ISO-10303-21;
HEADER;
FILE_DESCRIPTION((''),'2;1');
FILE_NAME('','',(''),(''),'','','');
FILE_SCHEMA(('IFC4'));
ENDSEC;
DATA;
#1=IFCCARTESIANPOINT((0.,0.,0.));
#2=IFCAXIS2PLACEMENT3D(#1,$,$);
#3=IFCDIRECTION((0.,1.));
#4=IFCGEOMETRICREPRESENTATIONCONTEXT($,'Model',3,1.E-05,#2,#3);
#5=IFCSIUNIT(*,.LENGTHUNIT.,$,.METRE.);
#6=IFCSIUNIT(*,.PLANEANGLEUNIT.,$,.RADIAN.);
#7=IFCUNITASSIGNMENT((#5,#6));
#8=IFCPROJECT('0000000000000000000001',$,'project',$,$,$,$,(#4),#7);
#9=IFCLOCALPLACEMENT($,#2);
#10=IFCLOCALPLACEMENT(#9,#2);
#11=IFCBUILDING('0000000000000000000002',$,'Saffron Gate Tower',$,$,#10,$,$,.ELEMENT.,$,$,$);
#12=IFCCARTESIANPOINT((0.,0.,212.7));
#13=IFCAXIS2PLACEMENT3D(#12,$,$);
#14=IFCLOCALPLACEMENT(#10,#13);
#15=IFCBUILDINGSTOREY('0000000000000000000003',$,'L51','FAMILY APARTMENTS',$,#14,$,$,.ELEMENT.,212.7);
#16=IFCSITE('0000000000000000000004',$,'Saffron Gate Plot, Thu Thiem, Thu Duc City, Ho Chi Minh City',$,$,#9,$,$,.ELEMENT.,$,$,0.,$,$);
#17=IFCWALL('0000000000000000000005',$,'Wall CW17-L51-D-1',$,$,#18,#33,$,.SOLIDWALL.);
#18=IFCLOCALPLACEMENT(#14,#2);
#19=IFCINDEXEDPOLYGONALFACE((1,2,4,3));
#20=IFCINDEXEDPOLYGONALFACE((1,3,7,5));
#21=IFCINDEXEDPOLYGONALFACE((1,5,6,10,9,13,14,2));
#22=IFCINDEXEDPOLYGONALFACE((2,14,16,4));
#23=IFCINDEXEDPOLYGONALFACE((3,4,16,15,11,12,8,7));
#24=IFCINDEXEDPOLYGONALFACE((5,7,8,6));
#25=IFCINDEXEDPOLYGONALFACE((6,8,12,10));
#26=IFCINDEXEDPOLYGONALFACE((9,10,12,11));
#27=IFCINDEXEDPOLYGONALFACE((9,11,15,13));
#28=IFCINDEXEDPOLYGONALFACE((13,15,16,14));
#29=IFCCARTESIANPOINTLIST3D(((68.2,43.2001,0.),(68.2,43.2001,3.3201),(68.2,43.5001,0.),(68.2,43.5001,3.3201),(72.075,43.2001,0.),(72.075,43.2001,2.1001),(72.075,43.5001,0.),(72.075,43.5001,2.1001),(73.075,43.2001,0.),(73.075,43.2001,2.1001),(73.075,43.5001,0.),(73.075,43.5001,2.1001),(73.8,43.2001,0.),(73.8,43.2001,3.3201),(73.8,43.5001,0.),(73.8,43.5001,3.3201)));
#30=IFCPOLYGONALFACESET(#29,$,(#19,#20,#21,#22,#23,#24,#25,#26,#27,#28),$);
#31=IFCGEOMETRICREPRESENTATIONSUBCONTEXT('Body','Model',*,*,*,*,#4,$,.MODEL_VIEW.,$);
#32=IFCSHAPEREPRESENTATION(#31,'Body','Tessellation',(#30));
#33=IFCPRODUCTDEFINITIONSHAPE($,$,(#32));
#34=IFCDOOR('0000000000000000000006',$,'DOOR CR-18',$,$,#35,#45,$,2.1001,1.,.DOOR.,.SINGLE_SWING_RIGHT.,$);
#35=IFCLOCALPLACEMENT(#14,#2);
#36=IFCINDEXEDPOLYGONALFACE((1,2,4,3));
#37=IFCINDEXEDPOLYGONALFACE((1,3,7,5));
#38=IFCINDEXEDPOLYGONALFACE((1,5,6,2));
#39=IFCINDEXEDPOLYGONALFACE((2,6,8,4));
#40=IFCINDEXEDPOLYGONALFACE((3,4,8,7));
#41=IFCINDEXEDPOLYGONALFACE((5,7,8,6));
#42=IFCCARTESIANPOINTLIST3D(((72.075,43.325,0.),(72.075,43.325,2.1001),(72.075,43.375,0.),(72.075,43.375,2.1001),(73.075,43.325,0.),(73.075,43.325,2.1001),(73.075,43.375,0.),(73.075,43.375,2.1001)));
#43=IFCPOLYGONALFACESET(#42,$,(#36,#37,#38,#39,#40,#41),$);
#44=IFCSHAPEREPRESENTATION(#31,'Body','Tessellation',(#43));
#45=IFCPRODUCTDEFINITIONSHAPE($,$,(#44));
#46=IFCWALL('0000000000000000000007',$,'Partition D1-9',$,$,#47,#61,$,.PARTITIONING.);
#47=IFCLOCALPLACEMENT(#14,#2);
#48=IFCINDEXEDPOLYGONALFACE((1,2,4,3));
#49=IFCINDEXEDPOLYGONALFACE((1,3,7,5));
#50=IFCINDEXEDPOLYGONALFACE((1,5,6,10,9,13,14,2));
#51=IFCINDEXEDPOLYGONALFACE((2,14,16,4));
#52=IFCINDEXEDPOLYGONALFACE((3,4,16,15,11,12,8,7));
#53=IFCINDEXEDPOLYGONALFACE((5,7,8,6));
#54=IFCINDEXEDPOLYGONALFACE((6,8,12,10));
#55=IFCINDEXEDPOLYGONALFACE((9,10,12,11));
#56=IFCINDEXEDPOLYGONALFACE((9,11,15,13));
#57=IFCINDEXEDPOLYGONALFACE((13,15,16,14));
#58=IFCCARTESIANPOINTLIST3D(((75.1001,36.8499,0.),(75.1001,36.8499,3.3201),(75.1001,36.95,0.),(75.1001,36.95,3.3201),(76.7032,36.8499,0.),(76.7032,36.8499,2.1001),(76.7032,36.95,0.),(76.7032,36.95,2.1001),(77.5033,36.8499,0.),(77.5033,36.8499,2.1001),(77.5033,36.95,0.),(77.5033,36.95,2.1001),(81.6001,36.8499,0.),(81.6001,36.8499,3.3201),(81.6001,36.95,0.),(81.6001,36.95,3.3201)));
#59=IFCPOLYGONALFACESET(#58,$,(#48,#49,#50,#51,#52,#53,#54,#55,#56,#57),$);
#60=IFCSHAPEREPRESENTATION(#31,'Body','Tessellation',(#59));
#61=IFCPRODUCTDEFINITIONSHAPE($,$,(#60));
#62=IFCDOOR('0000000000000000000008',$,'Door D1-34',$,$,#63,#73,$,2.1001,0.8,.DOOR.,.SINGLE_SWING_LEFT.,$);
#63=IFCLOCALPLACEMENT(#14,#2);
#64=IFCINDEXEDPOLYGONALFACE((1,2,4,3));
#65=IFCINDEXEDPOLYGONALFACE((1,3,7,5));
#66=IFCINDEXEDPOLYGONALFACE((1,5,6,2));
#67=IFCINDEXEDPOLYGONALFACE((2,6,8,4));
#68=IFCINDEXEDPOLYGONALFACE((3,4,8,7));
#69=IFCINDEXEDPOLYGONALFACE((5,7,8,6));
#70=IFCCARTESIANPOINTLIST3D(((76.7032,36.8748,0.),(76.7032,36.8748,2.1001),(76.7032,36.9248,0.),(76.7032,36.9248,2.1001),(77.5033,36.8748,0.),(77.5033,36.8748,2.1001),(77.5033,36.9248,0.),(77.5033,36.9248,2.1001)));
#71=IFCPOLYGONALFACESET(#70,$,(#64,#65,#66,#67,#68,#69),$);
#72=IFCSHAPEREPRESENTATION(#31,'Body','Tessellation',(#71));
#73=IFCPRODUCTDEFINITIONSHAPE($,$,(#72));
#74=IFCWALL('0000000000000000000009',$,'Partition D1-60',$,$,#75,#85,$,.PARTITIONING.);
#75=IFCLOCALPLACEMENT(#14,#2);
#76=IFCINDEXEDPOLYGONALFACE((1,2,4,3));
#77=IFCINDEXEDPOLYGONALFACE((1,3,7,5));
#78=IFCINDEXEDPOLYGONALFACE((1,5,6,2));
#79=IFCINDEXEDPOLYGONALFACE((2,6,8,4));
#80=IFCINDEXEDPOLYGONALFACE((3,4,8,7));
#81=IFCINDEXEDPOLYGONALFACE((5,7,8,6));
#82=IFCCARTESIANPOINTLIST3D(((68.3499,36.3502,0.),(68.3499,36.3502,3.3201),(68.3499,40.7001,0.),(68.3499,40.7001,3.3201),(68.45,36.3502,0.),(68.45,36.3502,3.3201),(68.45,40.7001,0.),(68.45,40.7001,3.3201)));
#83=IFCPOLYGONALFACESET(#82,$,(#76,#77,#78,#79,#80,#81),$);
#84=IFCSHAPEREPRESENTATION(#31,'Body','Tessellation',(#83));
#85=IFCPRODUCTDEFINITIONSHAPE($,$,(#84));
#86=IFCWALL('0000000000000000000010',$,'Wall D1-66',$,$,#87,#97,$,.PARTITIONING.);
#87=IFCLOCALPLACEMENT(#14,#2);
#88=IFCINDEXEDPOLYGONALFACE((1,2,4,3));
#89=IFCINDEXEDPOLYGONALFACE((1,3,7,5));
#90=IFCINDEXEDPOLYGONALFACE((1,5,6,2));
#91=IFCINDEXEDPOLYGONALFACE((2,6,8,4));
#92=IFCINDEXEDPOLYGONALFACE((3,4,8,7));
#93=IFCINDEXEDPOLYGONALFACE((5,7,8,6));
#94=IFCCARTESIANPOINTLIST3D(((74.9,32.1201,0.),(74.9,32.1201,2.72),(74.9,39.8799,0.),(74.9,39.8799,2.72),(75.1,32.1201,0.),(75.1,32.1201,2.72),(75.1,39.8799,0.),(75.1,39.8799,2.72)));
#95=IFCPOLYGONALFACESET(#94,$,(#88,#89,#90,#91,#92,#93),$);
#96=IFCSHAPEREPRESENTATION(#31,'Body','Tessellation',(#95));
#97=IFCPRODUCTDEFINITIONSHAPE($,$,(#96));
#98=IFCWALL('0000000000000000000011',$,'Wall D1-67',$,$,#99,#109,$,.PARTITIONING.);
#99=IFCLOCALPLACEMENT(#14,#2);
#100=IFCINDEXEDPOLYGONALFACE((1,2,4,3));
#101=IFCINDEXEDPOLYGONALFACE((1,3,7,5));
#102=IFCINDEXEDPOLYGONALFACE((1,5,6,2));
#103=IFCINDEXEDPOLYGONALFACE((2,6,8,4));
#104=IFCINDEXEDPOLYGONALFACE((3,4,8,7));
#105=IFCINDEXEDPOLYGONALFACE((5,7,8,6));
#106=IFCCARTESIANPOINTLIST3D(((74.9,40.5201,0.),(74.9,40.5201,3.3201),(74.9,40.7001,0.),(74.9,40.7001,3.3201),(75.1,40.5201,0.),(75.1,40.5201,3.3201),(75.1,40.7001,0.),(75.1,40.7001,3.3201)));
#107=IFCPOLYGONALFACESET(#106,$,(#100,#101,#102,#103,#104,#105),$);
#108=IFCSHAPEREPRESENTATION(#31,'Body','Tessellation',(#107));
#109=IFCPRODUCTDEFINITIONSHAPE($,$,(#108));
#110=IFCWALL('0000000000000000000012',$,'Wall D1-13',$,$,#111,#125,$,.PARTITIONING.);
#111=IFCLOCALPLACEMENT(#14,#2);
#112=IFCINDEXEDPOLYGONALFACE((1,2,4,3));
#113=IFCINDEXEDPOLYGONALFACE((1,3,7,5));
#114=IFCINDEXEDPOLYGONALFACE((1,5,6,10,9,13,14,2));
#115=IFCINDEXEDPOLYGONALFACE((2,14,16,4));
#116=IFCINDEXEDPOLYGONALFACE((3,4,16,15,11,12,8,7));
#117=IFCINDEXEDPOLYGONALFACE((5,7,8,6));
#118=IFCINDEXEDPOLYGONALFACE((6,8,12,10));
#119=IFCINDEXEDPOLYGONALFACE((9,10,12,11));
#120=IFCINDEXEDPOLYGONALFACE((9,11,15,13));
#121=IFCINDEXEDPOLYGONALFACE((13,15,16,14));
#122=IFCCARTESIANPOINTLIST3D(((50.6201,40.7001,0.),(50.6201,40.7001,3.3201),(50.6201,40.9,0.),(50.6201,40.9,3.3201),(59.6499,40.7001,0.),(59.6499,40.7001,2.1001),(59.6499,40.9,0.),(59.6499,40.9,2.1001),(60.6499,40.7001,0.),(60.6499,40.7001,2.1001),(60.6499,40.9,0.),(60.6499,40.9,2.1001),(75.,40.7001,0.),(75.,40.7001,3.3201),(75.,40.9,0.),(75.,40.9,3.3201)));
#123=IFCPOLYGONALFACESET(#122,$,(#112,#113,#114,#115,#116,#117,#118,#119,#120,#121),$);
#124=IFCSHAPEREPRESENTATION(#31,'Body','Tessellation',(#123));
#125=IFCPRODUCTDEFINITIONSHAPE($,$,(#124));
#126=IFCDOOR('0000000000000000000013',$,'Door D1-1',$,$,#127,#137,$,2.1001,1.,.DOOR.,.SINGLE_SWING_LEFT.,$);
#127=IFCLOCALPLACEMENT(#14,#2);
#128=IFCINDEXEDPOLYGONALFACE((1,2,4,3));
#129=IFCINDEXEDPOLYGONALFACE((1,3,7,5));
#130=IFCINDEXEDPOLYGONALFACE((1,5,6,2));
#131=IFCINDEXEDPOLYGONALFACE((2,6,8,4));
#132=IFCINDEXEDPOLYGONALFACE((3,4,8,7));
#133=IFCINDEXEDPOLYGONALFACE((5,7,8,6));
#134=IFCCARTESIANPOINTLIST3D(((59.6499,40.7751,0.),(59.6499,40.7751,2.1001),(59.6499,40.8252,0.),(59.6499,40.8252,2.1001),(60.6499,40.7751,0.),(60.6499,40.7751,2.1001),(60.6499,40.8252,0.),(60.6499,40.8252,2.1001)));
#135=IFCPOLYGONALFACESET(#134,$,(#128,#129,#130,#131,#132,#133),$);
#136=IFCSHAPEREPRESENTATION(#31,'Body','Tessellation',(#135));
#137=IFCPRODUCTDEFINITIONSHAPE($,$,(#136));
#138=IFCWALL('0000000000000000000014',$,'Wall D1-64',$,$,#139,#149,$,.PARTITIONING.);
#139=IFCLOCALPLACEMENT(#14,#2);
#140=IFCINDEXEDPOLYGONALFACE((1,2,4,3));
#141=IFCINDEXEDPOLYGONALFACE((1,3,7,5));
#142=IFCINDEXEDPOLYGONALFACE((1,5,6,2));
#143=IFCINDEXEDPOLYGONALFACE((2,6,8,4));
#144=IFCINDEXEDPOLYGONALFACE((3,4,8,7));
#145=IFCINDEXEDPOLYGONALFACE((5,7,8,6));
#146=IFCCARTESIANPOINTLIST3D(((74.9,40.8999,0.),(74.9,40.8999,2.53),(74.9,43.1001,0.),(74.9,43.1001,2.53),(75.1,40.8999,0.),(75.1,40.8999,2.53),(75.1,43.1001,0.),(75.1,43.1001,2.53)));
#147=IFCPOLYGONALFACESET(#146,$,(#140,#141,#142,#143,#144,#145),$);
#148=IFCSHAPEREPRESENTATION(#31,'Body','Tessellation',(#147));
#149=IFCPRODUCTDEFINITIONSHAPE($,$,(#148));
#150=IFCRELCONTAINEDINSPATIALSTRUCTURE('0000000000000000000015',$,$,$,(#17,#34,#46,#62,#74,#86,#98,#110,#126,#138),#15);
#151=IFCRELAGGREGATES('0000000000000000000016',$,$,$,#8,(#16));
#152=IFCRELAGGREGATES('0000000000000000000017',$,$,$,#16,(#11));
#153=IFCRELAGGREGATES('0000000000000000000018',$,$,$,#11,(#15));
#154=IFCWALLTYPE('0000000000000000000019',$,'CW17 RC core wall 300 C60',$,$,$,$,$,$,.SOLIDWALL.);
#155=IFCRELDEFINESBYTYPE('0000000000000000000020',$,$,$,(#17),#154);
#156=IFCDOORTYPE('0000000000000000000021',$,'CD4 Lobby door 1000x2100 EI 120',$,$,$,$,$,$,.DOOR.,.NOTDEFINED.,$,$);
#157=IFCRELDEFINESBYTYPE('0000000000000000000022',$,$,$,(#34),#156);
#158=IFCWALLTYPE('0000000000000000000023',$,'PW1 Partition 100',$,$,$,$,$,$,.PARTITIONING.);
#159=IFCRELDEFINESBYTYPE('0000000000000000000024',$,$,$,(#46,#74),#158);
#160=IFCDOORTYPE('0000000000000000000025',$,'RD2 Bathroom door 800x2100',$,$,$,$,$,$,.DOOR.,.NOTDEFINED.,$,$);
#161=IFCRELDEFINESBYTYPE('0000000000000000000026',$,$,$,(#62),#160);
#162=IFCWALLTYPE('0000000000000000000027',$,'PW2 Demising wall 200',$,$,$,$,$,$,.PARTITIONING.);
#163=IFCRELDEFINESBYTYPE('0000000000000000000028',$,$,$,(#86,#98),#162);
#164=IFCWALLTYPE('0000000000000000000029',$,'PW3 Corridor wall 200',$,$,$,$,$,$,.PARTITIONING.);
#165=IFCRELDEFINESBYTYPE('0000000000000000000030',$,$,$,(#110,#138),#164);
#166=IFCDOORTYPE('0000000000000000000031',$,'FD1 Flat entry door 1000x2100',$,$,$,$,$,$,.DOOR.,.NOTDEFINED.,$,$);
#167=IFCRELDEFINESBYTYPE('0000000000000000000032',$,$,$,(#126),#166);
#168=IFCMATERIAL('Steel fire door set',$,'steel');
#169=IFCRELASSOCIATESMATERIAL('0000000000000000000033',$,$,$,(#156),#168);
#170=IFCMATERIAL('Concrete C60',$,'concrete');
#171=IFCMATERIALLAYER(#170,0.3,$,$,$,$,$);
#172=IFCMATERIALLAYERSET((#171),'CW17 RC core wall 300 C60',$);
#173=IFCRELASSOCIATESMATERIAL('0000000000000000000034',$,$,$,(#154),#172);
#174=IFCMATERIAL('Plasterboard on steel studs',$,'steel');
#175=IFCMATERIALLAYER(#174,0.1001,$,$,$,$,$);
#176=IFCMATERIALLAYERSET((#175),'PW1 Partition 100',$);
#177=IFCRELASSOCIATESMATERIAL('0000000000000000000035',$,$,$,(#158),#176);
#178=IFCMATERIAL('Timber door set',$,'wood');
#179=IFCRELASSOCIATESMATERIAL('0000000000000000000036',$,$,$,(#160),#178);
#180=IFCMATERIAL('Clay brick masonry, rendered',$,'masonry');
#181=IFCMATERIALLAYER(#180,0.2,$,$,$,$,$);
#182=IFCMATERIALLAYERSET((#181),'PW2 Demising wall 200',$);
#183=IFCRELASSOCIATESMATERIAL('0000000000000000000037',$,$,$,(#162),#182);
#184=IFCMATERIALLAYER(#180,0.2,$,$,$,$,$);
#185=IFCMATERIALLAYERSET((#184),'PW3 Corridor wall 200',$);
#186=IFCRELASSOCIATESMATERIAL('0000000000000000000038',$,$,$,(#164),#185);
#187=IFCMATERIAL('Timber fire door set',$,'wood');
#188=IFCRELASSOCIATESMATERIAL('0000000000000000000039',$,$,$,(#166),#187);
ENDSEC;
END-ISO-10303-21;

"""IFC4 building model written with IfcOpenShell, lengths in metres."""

from ifc_helpers import new_model, si_unit, direction, frame, frame_2d, origin, place, context, subcontext, project, spatial, rectangle, extrude, material, layer, layer_set, type_object, element, fill, save


model = new_model("IFC4")

# Units and contexts
model_context = context("Model", 3, precision=1e-05, world=origin(), true_north=direction((0.0, 1.0)))
body_context = subcontext(model_context, "Body", "Model", "MODEL_VIEW")
ifc_project = project(units=[si_unit("LENGTHUNIT", "METRE"), si_unit("PLANEANGLEUNIT", "RADIAN")], contexts=[model_context])

# Site, building, storey
site_placement = place(None, origin())
site = spatial("IfcSite", under=ifc_project, at=site_placement, Name="Saffron Gate Plot, Thu Thiem, Thu Duc City, Ho Chi Minh City", CompositionType="ELEMENT", RefElevation=0.0)
building_placement = place(site_placement, origin())
building = spatial("IfcBuilding", under=site, at=building_placement, Name="Saffron Gate Tower", CompositionType="ELEMENT")
storey_placement = place(building_placement, frame((0.0, 0.0, 212.7)))
storey = spatial("IfcBuildingStorey", under=building, at=storey_placement, Name="L51", Description="FAMILY APARTMENTS", CompositionType="ELEMENT", Elevation=212.7)

# Shared definitions
ifc_material_1 = material(Name="Steel fire door set", Category="steel")
door_type_1 = type_object("IfcDoorType", Name="CD4 Lobby door 1000x2100 EI 120", OperationType="NOTDEFINED", PredefinedType="DOOR", material=ifc_material_1)

# Shared definitions
ifc_material_2 = material(Name="Concrete C60", Category="concrete")

# Walls, openings, doors
ifc_layer_1 = layer(ifc_material_2, 0.3)
ifc_layer_set_1 = layer_set([ifc_layer_1], Name="CW17 RC core wall 300 C60")
wall_type_1 = type_object("IfcWallType", Name="CW17 RC core wall 300 C60", PredefinedType="SOLIDWALL", material=ifc_layer_set_1)
wall_1_placement = place(storey_placement, frame((68.2, 43.3501, 0.0), z_axis=(0.0, 0.0, 1.0), x_axis=(1.0, 0.0, 0.0)))
wall_1 = element("IfcWall", 1, at=wall_1_placement, inside=storey, type_object=wall_type_1, Name="Wall CW17-L51-D-1", PredefinedType="SOLIDWALL", context=body_context, shape_type="SweptSolid", body=[
    extrude(rectangle(XDim=5.6001, YDim=0.3, at=frame_2d((2.8, 0.0))), origin(), (0.0, 0.0, 1.0), 3.3201),
])
opening_1_placement = place(wall_1_placement, frame((3.875, 0.0, 0.0)))
opening_1 = element("IfcOpeningElement", 2, at=opening_1_placement, cuts=wall_1, PredefinedType="OPENING", context=body_context, shape_type="SweptSolid", body=[
    extrude(rectangle(XDim=1.0, YDim=2.1001, at=frame_2d((0.5, 1.05))), frame((0.0, 0.1602, 0.0), z_axis=(0.0, -1.0, 0.0), x_axis=(1.0, 0.0, 0.0)), (0.0, 0.0, 1.0), 0.3201),
])
door_1_placement = place(opening_1_placement, origin())
door_1 = element("IfcDoor", 3, at=door_1_placement, inside=storey, type_object=door_type_1, Name="DOOR CR-18", OperationType="SINGLE_SWING_RIGHT", OverallHeight=2.1001, OverallWidth=1.0, PredefinedType="DOOR", context=body_context, shape_type="SweptSolid", body=[
    extrude(rectangle(XDim=1.0, YDim=2.1001, at=frame_2d((0.5, 1.05))), frame((0.0, 0.0249, 0.0), z_axis=(0.0, -1.0, 0.0), x_axis=(1.0, 0.0, 0.0)), (0.0, 0.0, 1.0), 0.05),
])
fill(opening_1, door_1)
ifc_material_3 = material(Name="Plasterboard on steel studs", Category="steel")
ifc_layer_2 = layer(ifc_material_3, 0.1001)
ifc_layer_set_2 = layer_set([ifc_layer_2], Name="PW1 Partition 100")
wall_type_2 = type_object("IfcWallType", Name="PW1 Partition 100", PredefinedType="PARTITIONING", material=ifc_layer_set_2)
wall_2_placement = place(storey_placement, frame((75.1001, 36.8999, 0.0), z_axis=(0.0, 0.0, 1.0), x_axis=(1.0, 0.0, 0.0)))
wall_2 = element("IfcWall", 4, at=wall_2_placement, inside=storey, type_object=wall_type_2, Name="Partition D1-9", PredefinedType="PARTITIONING", context=body_context, shape_type="SweptSolid", body=[
    extrude(rectangle(XDim=6.5, YDim=0.1001, at=frame_2d((3.25, 0.0))), origin(), (0.0, 0.0, 1.0), 3.3201),
])
opening_2_placement = place(wall_2_placement, frame((1.6033, 0.0, 0.0)))
opening_2 = element("IfcOpeningElement", 5, at=opening_2_placement, cuts=wall_2, PredefinedType="OPENING", context=body_context, shape_type="SweptSolid", body=[
    extrude(rectangle(XDim=0.8, YDim=2.1001, at=frame_2d((0.3999, 1.05))), frame((0.0, 0.0601, 0.0), z_axis=(0.0, -1.0, 0.0), x_axis=(1.0, 0.0, 0.0)), (0.0, 0.0, 1.0), 0.1201),
])
ifc_material_4 = material(Name="Timber door set", Category="wood")
door_type_2 = type_object("IfcDoorType", Name="RD2 Bathroom door 800x2100", OperationType="NOTDEFINED", PredefinedType="DOOR", material=ifc_material_4)
door_2_placement = place(opening_2_placement, origin())
door_2 = element("IfcDoor", 6, at=door_2_placement, inside=storey, type_object=door_type_2, Name="Door D1-34", OperationType="SINGLE_SWING_LEFT", OverallHeight=2.1001, OverallWidth=0.8, PredefinedType="DOOR", context=body_context, shape_type="SweptSolid", body=[
    extrude(rectangle(XDim=0.8, YDim=2.1001, at=frame_2d((0.3999, 1.05))), frame((0.0, 0.0249, 0.0), z_axis=(0.0, -1.0, 0.0), x_axis=(1.0, 0.0, 0.0)), (0.0, 0.0, 1.0), 0.05),
])
fill(opening_2, door_2)

# Walls
wall_3_placement = place(storey_placement, frame((68.3999, 40.7, 0.0), z_axis=(0.0, 0.0, 1.0), x_axis=(0.0, -1.0, 0.0)))
element("IfcWall", 7, at=wall_3_placement, inside=storey, type_object=wall_type_2, Name="Partition D1-60", PredefinedType="PARTITIONING", context=body_context, shape_type="SweptSolid", body=[
    extrude(rectangle(XDim=4.3499, YDim=0.1001, at=frame_2d((2.1748, 0.0))), origin(), (0.0, 0.0, 1.0), 3.3201),
])
ifc_material_5 = material(Name="Clay brick masonry, rendered", Category="masonry")
ifc_layer_3 = layer(ifc_material_5, 0.2)
ifc_layer_set_3 = layer_set([ifc_layer_3], Name="PW2 Demising wall 200")
wall_type_3 = type_object("IfcWallType", Name="PW2 Demising wall 200", PredefinedType="PARTITIONING", material=ifc_layer_set_3)
wall_4_placement = place(storey_placement, frame((75.0, 39.8799, 0.0), z_axis=(0.0, 0.0, 1.0), x_axis=(0.0, -1.0, 0.0)))
element("IfcWall", 8, at=wall_4_placement, inside=storey, type_object=wall_type_3, Name="Wall D1-66", PredefinedType="PARTITIONING", context=body_context, shape_type="SweptSolid", body=[
    extrude(rectangle(XDim=7.7598, YDim=0.2, at=frame_2d((3.8799, 0.0))), origin(), (0.0, 0.0, 1.0), 2.72),
])
wall_5_placement = place(storey_placement, frame((75.0, 40.7, 0.0), z_axis=(0.0, 0.0, 1.0), x_axis=(0.0, -1.0, 0.0)))
element("IfcWall", 9, at=wall_5_placement, inside=storey, type_object=wall_type_3, Name="Wall D1-67", PredefinedType="PARTITIONING", context=body_context, shape_type="SweptSolid", body=[
    extrude(rectangle(XDim=0.1799, YDim=0.2, at=frame_2d((0.0898, 0.0))), origin(), (0.0, 0.0, 1.0), 3.3201),
])

# Wall, opening, door
ifc_layer_4 = layer(ifc_material_5, 0.2)
ifc_layer_set_4 = layer_set([ifc_layer_4], Name="PW3 Corridor wall 200")
wall_type_4 = type_object("IfcWallType", Name="PW3 Corridor wall 200", PredefinedType="PARTITIONING", material=ifc_layer_set_4)
wall_6_placement = place(storey_placement, frame((75.0, 40.8, 0.0), z_axis=(0.0, 0.0, 1.0), x_axis=(-1.0, 0.0, 0.0)))
wall_6 = element("IfcWall", 10, at=wall_6_placement, inside=storey, type_object=wall_type_4, Name="Wall D1-13", PredefinedType="PARTITIONING", context=body_context, shape_type="SweptSolid", body=[
    extrude(rectangle(XDim=24.3799, YDim=0.2, at=frame_2d((12.1899, 0.0))), origin(), (0.0, 0.0, 1.0), 3.3201),
])
opening_3_placement = place(wall_6_placement, frame((14.3501, 0.0, 0.0)))
opening_3 = element("IfcOpeningElement", 11, at=opening_3_placement, cuts=wall_6, PredefinedType="OPENING", context=body_context, shape_type="SweptSolid", body=[
    extrude(rectangle(XDim=1.0, YDim=2.1001, at=frame_2d((0.5, 1.05))), frame((0.0, 0.1099, 0.0), z_axis=(0.0, -1.0, 0.0), x_axis=(1.0, 0.0, 0.0)), (0.0, 0.0, 1.0), 0.22),
])
ifc_material_6 = material(Name="Timber fire door set", Category="wood")
door_type_3 = type_object("IfcDoorType", Name="FD1 Flat entry door 1000x2100", OperationType="NOTDEFINED", PredefinedType="DOOR", material=ifc_material_6)
door_3_placement = place(opening_3_placement, origin())
door_3 = element("IfcDoor", 12, at=door_3_placement, inside=storey, type_object=door_type_3, Name="Door D1-1", OperationType="SINGLE_SWING_LEFT", OverallHeight=2.1001, OverallWidth=1.0, PredefinedType="DOOR", context=body_context, shape_type="SweptSolid", body=[
    extrude(rectangle(XDim=1.0, YDim=2.1001, at=frame_2d((0.5, 1.05))), frame((0.0, 0.0249, 0.0), z_axis=(0.0, -1.0, 0.0), x_axis=(1.0, 0.0, 0.0)), (0.0, 0.0, 1.0), 0.05),
])
fill(opening_3, door_3)

# Wall
wall_7_placement = place(storey_placement, frame((75.0, 43.1001, 0.0), z_axis=(0.0, 0.0, 1.0), x_axis=(0.0, -1.0, 0.0)))
element("IfcWall", 13, at=wall_7_placement, inside=storey, type_object=wall_type_4, Name="Wall D1-64", PredefinedType="PARTITIONING", context=body_context, shape_type="SweptSolid", body=[
    extrude(rectangle(XDim=2.2002, YDim=0.2, at=frame_2d((1.1001, 0.0))), origin(), (0.0, 0.0, 1.0), 2.53),
])

save(model, "model.ifc")
